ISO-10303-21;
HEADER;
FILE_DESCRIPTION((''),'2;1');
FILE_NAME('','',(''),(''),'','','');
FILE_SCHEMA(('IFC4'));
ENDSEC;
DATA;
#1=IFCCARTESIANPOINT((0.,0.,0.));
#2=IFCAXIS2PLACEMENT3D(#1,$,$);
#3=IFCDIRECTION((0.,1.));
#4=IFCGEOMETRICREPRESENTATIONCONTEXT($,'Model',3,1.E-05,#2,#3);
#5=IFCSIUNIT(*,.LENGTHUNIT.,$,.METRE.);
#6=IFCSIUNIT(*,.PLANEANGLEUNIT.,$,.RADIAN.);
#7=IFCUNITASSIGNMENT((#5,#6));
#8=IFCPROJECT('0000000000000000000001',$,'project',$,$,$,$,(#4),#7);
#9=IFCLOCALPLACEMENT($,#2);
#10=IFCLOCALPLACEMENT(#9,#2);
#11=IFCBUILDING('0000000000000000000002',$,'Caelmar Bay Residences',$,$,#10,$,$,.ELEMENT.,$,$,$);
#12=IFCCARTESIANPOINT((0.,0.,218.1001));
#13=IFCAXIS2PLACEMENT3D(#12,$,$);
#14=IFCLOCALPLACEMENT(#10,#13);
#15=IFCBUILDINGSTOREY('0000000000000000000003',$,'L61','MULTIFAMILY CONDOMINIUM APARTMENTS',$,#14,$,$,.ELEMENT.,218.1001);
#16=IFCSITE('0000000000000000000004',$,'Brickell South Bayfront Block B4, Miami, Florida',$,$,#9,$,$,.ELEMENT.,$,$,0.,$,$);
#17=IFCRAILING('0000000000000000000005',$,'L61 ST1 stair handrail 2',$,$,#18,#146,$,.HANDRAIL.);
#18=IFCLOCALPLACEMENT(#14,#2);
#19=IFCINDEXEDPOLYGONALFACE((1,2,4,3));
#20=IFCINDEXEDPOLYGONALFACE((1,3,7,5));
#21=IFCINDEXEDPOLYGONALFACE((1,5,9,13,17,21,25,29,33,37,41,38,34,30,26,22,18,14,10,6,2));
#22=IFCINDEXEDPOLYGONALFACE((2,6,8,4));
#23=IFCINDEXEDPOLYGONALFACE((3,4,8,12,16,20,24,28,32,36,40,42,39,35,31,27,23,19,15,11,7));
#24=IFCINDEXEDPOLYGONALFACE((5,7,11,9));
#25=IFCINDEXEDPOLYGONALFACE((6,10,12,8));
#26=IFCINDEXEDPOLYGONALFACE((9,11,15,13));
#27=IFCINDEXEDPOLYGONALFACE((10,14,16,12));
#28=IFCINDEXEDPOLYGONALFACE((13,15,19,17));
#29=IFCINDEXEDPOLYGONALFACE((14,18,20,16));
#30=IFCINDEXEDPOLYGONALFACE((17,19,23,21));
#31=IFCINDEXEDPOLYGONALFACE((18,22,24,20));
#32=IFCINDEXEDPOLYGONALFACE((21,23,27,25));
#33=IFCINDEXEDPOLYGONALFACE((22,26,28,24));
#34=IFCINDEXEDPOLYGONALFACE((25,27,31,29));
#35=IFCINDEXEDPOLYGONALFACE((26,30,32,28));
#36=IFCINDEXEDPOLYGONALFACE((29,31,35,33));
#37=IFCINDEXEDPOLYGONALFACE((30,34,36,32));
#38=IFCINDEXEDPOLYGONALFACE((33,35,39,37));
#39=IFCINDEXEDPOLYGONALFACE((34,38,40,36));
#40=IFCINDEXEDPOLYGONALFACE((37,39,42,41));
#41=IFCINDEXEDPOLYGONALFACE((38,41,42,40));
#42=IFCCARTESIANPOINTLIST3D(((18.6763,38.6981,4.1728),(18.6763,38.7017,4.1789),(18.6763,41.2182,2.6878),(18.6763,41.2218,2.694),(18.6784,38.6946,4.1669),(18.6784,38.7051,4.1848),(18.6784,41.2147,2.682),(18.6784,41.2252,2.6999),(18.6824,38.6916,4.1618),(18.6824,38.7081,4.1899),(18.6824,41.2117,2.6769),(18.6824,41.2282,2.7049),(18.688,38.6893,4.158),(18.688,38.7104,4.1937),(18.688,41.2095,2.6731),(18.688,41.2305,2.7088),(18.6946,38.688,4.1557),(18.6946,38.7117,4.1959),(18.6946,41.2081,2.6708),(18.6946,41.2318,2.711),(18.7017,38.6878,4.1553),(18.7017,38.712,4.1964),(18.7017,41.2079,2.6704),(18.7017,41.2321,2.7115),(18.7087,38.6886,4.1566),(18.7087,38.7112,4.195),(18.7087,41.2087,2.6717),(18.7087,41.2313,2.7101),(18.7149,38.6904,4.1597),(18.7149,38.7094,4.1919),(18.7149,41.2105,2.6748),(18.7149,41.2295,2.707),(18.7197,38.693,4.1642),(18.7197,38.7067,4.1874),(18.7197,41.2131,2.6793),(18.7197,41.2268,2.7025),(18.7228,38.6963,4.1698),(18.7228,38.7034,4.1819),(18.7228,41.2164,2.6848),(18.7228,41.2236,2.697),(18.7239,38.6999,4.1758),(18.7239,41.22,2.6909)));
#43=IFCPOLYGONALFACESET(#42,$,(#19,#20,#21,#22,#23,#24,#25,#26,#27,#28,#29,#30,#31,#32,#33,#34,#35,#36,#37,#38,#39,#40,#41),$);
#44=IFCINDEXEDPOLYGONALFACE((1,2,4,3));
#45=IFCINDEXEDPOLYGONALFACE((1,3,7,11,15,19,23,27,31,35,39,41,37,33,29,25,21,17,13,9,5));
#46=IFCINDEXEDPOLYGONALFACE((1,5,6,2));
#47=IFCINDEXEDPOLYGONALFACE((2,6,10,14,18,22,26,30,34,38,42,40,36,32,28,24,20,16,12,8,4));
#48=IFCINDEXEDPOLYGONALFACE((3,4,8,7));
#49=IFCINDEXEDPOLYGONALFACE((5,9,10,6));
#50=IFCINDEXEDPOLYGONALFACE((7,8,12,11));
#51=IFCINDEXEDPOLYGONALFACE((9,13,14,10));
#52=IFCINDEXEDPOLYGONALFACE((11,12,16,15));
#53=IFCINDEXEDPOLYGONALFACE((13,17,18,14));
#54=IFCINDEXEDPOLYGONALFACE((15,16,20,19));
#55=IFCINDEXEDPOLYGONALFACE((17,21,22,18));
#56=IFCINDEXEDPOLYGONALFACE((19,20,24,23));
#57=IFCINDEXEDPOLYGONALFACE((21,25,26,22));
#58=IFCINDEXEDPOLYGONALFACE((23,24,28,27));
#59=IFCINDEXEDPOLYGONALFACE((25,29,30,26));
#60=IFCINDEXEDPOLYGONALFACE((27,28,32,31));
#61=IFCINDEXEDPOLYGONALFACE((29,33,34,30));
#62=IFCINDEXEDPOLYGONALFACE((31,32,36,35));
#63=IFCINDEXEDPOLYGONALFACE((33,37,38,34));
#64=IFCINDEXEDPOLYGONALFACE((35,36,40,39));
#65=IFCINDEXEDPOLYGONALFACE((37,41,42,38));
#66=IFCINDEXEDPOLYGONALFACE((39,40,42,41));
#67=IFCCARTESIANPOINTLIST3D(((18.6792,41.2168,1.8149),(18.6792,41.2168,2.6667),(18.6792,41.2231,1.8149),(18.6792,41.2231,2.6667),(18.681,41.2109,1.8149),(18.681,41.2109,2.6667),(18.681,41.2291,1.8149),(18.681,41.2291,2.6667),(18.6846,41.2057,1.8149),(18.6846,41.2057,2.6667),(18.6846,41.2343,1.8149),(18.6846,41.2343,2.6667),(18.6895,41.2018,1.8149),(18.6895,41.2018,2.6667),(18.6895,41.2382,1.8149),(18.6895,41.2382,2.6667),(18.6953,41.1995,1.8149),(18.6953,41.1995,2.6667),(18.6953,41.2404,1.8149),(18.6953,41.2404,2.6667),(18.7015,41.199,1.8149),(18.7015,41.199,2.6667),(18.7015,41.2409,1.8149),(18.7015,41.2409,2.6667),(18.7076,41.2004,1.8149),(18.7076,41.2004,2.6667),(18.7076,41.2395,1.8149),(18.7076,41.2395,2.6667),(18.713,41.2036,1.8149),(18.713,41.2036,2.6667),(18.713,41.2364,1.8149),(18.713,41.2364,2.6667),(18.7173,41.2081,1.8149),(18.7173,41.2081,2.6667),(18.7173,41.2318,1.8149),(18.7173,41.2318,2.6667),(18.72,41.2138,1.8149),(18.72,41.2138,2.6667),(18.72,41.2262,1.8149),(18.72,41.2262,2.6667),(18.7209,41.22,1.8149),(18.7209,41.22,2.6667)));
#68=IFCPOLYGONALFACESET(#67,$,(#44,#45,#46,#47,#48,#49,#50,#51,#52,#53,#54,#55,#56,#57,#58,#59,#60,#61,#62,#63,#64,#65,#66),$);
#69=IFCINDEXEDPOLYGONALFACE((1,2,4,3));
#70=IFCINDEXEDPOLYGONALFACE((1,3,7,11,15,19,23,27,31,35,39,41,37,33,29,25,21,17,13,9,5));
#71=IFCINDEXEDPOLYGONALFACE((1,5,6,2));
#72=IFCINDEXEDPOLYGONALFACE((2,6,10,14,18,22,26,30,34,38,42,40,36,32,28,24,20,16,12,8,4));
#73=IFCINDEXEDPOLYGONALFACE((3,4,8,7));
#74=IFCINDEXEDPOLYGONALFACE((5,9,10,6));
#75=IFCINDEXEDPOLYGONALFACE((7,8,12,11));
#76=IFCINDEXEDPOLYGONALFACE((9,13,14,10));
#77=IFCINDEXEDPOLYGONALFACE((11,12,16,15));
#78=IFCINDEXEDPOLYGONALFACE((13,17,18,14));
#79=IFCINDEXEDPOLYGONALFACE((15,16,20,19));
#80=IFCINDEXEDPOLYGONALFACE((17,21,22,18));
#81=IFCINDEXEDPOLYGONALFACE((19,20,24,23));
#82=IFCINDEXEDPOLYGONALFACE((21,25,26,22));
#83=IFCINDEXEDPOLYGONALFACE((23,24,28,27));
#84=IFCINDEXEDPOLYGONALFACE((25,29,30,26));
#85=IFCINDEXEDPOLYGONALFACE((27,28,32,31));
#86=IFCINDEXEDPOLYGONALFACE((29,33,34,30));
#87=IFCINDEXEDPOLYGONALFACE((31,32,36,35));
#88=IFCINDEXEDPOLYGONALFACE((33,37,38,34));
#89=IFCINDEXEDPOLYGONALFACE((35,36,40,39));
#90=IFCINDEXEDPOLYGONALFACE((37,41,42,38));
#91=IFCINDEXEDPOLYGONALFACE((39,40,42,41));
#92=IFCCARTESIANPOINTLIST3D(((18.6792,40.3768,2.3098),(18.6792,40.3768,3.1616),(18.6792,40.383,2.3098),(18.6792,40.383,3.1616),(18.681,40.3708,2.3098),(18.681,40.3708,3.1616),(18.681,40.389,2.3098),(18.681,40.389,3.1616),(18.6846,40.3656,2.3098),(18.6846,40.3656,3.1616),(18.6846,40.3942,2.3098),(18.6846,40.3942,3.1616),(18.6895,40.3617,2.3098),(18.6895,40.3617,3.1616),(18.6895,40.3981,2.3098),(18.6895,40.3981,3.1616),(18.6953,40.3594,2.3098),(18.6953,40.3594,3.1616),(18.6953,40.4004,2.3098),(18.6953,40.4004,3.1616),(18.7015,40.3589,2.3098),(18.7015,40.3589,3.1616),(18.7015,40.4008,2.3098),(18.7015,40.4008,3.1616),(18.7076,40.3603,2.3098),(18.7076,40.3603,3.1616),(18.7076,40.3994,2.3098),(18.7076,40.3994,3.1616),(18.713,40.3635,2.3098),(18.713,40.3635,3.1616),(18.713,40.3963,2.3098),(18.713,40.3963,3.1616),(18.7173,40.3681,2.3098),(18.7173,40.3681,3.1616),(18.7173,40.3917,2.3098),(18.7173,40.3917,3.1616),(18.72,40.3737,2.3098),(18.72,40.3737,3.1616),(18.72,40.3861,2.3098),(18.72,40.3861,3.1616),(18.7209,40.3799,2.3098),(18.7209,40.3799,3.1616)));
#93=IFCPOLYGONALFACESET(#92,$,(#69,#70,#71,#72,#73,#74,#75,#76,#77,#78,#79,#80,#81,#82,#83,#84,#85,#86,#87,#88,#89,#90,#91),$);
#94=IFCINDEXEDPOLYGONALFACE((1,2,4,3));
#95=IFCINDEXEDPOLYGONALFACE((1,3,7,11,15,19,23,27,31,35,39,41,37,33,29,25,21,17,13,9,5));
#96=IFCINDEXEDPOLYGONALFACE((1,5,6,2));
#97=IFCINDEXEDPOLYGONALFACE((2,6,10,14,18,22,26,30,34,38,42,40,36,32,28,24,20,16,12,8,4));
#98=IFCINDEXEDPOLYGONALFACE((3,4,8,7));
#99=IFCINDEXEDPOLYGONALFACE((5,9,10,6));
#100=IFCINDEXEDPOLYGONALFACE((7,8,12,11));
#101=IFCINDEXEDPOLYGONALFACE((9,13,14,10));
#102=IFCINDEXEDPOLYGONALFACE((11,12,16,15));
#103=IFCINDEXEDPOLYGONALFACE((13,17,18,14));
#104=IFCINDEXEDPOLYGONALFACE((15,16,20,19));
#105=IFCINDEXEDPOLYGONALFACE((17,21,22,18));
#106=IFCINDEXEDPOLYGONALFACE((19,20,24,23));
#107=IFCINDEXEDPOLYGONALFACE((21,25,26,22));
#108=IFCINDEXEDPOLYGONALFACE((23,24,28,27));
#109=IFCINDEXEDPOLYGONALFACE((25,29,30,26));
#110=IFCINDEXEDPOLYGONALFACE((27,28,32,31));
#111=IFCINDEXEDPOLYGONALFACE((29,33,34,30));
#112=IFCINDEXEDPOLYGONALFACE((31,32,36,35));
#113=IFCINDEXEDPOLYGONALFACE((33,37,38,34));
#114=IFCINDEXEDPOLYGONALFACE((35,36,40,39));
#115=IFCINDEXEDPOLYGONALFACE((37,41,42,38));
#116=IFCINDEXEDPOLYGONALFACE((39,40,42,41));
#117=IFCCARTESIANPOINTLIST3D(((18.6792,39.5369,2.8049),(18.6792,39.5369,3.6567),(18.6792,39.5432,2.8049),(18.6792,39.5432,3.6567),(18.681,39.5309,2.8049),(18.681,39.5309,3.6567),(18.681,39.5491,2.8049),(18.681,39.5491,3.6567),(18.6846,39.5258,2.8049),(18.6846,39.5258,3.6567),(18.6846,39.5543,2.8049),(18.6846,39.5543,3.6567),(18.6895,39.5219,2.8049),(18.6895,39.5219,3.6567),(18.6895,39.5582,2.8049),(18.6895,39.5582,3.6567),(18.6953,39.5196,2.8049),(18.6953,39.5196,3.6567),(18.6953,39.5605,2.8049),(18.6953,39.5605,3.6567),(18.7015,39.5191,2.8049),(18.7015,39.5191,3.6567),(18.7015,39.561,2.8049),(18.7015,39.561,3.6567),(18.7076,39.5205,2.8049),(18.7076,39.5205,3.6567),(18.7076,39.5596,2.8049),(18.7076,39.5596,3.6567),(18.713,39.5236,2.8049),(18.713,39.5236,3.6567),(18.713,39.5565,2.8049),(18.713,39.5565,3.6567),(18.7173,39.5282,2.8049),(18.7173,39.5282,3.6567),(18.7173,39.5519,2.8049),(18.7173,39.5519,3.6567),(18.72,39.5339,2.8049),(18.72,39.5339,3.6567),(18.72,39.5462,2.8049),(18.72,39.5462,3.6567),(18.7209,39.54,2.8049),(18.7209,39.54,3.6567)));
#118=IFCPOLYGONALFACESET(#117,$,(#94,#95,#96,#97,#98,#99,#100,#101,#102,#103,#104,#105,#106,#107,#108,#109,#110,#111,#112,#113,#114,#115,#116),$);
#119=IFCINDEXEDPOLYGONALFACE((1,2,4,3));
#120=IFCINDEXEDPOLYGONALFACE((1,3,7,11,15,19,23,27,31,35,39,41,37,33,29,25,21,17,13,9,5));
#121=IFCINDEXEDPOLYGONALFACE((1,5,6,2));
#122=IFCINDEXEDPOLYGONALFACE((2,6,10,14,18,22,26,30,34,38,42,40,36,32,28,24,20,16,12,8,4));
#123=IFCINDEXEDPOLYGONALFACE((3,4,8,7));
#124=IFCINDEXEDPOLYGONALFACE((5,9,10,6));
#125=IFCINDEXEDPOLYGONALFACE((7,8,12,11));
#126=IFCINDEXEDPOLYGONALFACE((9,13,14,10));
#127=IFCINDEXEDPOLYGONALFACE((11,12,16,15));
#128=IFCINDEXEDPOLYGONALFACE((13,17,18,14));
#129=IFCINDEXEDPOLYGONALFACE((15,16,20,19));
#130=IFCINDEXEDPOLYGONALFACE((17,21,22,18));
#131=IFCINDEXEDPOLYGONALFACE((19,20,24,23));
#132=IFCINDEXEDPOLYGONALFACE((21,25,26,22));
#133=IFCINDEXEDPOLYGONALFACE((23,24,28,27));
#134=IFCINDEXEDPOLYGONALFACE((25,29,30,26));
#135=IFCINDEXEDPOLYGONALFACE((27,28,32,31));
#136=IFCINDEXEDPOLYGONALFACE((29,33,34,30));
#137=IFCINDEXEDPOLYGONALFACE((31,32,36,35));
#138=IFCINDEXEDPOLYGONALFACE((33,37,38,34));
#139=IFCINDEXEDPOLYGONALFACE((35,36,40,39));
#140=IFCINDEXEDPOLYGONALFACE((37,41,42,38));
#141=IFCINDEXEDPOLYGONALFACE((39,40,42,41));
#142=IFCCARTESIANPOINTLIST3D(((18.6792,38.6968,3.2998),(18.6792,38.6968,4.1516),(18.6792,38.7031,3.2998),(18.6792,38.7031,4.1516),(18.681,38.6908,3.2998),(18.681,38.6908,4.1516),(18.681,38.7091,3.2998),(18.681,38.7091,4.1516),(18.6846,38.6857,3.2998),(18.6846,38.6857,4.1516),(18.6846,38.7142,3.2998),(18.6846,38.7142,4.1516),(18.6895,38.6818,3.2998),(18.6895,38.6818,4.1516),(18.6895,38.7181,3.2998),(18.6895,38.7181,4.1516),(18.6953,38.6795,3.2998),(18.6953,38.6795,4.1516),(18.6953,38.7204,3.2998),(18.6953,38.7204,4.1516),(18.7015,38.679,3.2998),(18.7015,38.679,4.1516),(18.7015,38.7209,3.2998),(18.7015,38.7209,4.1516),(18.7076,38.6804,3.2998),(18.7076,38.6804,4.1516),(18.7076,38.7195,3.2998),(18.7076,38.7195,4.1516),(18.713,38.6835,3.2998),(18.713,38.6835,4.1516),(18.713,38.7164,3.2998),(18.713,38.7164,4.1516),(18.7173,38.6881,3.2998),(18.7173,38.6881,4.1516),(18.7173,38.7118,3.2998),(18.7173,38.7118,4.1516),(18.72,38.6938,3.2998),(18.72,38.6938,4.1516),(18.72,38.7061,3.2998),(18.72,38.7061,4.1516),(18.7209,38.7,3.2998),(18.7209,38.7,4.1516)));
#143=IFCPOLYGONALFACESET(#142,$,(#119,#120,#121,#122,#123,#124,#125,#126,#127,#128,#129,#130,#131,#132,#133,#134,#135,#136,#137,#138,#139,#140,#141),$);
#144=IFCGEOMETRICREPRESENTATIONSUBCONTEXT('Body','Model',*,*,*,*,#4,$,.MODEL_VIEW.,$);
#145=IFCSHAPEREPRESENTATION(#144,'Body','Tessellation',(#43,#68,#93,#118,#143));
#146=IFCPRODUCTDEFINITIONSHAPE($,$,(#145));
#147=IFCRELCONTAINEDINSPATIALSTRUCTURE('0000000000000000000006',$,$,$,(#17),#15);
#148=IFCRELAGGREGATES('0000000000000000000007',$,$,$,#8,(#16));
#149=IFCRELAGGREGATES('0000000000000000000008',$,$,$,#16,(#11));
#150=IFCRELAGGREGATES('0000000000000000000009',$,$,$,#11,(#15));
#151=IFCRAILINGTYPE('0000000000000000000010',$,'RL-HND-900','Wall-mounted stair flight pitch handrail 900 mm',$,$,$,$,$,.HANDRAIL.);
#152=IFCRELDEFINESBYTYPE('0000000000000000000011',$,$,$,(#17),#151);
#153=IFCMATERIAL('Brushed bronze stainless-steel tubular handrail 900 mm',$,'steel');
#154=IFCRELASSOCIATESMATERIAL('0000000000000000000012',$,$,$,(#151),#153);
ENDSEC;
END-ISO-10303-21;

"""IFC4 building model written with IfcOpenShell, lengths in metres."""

from ifc_helpers import new_model, si_unit, direction, frame, origin, origin_2d, place, context, subcontext, project, spatial, circle, extrude, material, type_object, element, save


model = new_model("IFC4")

# Units and contexts
model_context = context("Model", 3, precision=1e-05, world=origin(), true_north=direction((0.0, 1.0)))
body_context = subcontext(model_context, "Body", "Model", "MODEL_VIEW")
ifc_project = project(units=[si_unit("LENGTHUNIT", "METRE"), si_unit("PLANEANGLEUNIT", "RADIAN")], contexts=[model_context])

# Site, building, storey
site_placement = place(None, origin())
site = spatial("IfcSite", under=ifc_project, at=site_placement, Name="Brickell South Bayfront Block B4, Miami, Florida", CompositionType="ELEMENT", RefElevation=0.0)
building_placement = place(site_placement, origin())
building = spatial("IfcBuilding", under=site, at=building_placement, Name="Caelmar Bay Residences", CompositionType="ELEMENT")
storey_placement = place(building_placement, frame((0.0, 0.0, 218.1001)))
storey = spatial("IfcBuildingStorey", under=building, at=storey_placement, Name="L61", Description="MULTIFAMILY CONDOMINIUM APARTMENTS", CompositionType="ELEMENT", Elevation=218.1001)

# Railing
ifc_material_1 = material(Name="Brushed bronze stainless-steel tubular handrail 900 mm", Category="steel")
railing_type_1 = type_object("IfcRailingType", Name="RL-HND-900", Description="Wall-mounted stair flight pitch handrail 900 mm", PredefinedType="HANDRAIL", material=ifc_material_1)
railing_1_placement = place(storey_placement, frame((18.7, 41.22, 1.8149)))
element("IfcRailing", 1, at=railing_1_placement, inside=storey, type_object=railing_type_1, Name="L61 ST1 stair handrail 2", PredefinedType="HANDRAIL", context=body_context, shape_type="SweptSolid", body=[
    extrude(circle(Radius=0.0239, at=origin_2d()), frame((0.0, 0.0, 0.876), z_axis=(0.0, -0.861561, 0.507655), x_axis=(1.0, 0.0, 0.0)), (0.0, 0.0, 1.0), 2.925),
    extrude(circle(Radius=0.021, at=origin_2d()), origin(), (0.0, 0.0, 1.0), 0.8518),
    extrude(circle(Radius=0.021, at=origin_2d()), frame((0.0, -0.8401, 0.4949)), (0.0, 0.0, 1.0), 0.8518),
    extrude(circle(Radius=0.021, at=origin_2d()), frame((0.0, -1.6799, 0.99)), (0.0, 0.0, 1.0), 0.8518),
    extrude(circle(Radius=0.021, at=origin_2d()), frame((0.0, -2.52, 1.4849)), (0.0, 0.0, 1.0), 0.8518),
])

save(model, "model.ifc")
